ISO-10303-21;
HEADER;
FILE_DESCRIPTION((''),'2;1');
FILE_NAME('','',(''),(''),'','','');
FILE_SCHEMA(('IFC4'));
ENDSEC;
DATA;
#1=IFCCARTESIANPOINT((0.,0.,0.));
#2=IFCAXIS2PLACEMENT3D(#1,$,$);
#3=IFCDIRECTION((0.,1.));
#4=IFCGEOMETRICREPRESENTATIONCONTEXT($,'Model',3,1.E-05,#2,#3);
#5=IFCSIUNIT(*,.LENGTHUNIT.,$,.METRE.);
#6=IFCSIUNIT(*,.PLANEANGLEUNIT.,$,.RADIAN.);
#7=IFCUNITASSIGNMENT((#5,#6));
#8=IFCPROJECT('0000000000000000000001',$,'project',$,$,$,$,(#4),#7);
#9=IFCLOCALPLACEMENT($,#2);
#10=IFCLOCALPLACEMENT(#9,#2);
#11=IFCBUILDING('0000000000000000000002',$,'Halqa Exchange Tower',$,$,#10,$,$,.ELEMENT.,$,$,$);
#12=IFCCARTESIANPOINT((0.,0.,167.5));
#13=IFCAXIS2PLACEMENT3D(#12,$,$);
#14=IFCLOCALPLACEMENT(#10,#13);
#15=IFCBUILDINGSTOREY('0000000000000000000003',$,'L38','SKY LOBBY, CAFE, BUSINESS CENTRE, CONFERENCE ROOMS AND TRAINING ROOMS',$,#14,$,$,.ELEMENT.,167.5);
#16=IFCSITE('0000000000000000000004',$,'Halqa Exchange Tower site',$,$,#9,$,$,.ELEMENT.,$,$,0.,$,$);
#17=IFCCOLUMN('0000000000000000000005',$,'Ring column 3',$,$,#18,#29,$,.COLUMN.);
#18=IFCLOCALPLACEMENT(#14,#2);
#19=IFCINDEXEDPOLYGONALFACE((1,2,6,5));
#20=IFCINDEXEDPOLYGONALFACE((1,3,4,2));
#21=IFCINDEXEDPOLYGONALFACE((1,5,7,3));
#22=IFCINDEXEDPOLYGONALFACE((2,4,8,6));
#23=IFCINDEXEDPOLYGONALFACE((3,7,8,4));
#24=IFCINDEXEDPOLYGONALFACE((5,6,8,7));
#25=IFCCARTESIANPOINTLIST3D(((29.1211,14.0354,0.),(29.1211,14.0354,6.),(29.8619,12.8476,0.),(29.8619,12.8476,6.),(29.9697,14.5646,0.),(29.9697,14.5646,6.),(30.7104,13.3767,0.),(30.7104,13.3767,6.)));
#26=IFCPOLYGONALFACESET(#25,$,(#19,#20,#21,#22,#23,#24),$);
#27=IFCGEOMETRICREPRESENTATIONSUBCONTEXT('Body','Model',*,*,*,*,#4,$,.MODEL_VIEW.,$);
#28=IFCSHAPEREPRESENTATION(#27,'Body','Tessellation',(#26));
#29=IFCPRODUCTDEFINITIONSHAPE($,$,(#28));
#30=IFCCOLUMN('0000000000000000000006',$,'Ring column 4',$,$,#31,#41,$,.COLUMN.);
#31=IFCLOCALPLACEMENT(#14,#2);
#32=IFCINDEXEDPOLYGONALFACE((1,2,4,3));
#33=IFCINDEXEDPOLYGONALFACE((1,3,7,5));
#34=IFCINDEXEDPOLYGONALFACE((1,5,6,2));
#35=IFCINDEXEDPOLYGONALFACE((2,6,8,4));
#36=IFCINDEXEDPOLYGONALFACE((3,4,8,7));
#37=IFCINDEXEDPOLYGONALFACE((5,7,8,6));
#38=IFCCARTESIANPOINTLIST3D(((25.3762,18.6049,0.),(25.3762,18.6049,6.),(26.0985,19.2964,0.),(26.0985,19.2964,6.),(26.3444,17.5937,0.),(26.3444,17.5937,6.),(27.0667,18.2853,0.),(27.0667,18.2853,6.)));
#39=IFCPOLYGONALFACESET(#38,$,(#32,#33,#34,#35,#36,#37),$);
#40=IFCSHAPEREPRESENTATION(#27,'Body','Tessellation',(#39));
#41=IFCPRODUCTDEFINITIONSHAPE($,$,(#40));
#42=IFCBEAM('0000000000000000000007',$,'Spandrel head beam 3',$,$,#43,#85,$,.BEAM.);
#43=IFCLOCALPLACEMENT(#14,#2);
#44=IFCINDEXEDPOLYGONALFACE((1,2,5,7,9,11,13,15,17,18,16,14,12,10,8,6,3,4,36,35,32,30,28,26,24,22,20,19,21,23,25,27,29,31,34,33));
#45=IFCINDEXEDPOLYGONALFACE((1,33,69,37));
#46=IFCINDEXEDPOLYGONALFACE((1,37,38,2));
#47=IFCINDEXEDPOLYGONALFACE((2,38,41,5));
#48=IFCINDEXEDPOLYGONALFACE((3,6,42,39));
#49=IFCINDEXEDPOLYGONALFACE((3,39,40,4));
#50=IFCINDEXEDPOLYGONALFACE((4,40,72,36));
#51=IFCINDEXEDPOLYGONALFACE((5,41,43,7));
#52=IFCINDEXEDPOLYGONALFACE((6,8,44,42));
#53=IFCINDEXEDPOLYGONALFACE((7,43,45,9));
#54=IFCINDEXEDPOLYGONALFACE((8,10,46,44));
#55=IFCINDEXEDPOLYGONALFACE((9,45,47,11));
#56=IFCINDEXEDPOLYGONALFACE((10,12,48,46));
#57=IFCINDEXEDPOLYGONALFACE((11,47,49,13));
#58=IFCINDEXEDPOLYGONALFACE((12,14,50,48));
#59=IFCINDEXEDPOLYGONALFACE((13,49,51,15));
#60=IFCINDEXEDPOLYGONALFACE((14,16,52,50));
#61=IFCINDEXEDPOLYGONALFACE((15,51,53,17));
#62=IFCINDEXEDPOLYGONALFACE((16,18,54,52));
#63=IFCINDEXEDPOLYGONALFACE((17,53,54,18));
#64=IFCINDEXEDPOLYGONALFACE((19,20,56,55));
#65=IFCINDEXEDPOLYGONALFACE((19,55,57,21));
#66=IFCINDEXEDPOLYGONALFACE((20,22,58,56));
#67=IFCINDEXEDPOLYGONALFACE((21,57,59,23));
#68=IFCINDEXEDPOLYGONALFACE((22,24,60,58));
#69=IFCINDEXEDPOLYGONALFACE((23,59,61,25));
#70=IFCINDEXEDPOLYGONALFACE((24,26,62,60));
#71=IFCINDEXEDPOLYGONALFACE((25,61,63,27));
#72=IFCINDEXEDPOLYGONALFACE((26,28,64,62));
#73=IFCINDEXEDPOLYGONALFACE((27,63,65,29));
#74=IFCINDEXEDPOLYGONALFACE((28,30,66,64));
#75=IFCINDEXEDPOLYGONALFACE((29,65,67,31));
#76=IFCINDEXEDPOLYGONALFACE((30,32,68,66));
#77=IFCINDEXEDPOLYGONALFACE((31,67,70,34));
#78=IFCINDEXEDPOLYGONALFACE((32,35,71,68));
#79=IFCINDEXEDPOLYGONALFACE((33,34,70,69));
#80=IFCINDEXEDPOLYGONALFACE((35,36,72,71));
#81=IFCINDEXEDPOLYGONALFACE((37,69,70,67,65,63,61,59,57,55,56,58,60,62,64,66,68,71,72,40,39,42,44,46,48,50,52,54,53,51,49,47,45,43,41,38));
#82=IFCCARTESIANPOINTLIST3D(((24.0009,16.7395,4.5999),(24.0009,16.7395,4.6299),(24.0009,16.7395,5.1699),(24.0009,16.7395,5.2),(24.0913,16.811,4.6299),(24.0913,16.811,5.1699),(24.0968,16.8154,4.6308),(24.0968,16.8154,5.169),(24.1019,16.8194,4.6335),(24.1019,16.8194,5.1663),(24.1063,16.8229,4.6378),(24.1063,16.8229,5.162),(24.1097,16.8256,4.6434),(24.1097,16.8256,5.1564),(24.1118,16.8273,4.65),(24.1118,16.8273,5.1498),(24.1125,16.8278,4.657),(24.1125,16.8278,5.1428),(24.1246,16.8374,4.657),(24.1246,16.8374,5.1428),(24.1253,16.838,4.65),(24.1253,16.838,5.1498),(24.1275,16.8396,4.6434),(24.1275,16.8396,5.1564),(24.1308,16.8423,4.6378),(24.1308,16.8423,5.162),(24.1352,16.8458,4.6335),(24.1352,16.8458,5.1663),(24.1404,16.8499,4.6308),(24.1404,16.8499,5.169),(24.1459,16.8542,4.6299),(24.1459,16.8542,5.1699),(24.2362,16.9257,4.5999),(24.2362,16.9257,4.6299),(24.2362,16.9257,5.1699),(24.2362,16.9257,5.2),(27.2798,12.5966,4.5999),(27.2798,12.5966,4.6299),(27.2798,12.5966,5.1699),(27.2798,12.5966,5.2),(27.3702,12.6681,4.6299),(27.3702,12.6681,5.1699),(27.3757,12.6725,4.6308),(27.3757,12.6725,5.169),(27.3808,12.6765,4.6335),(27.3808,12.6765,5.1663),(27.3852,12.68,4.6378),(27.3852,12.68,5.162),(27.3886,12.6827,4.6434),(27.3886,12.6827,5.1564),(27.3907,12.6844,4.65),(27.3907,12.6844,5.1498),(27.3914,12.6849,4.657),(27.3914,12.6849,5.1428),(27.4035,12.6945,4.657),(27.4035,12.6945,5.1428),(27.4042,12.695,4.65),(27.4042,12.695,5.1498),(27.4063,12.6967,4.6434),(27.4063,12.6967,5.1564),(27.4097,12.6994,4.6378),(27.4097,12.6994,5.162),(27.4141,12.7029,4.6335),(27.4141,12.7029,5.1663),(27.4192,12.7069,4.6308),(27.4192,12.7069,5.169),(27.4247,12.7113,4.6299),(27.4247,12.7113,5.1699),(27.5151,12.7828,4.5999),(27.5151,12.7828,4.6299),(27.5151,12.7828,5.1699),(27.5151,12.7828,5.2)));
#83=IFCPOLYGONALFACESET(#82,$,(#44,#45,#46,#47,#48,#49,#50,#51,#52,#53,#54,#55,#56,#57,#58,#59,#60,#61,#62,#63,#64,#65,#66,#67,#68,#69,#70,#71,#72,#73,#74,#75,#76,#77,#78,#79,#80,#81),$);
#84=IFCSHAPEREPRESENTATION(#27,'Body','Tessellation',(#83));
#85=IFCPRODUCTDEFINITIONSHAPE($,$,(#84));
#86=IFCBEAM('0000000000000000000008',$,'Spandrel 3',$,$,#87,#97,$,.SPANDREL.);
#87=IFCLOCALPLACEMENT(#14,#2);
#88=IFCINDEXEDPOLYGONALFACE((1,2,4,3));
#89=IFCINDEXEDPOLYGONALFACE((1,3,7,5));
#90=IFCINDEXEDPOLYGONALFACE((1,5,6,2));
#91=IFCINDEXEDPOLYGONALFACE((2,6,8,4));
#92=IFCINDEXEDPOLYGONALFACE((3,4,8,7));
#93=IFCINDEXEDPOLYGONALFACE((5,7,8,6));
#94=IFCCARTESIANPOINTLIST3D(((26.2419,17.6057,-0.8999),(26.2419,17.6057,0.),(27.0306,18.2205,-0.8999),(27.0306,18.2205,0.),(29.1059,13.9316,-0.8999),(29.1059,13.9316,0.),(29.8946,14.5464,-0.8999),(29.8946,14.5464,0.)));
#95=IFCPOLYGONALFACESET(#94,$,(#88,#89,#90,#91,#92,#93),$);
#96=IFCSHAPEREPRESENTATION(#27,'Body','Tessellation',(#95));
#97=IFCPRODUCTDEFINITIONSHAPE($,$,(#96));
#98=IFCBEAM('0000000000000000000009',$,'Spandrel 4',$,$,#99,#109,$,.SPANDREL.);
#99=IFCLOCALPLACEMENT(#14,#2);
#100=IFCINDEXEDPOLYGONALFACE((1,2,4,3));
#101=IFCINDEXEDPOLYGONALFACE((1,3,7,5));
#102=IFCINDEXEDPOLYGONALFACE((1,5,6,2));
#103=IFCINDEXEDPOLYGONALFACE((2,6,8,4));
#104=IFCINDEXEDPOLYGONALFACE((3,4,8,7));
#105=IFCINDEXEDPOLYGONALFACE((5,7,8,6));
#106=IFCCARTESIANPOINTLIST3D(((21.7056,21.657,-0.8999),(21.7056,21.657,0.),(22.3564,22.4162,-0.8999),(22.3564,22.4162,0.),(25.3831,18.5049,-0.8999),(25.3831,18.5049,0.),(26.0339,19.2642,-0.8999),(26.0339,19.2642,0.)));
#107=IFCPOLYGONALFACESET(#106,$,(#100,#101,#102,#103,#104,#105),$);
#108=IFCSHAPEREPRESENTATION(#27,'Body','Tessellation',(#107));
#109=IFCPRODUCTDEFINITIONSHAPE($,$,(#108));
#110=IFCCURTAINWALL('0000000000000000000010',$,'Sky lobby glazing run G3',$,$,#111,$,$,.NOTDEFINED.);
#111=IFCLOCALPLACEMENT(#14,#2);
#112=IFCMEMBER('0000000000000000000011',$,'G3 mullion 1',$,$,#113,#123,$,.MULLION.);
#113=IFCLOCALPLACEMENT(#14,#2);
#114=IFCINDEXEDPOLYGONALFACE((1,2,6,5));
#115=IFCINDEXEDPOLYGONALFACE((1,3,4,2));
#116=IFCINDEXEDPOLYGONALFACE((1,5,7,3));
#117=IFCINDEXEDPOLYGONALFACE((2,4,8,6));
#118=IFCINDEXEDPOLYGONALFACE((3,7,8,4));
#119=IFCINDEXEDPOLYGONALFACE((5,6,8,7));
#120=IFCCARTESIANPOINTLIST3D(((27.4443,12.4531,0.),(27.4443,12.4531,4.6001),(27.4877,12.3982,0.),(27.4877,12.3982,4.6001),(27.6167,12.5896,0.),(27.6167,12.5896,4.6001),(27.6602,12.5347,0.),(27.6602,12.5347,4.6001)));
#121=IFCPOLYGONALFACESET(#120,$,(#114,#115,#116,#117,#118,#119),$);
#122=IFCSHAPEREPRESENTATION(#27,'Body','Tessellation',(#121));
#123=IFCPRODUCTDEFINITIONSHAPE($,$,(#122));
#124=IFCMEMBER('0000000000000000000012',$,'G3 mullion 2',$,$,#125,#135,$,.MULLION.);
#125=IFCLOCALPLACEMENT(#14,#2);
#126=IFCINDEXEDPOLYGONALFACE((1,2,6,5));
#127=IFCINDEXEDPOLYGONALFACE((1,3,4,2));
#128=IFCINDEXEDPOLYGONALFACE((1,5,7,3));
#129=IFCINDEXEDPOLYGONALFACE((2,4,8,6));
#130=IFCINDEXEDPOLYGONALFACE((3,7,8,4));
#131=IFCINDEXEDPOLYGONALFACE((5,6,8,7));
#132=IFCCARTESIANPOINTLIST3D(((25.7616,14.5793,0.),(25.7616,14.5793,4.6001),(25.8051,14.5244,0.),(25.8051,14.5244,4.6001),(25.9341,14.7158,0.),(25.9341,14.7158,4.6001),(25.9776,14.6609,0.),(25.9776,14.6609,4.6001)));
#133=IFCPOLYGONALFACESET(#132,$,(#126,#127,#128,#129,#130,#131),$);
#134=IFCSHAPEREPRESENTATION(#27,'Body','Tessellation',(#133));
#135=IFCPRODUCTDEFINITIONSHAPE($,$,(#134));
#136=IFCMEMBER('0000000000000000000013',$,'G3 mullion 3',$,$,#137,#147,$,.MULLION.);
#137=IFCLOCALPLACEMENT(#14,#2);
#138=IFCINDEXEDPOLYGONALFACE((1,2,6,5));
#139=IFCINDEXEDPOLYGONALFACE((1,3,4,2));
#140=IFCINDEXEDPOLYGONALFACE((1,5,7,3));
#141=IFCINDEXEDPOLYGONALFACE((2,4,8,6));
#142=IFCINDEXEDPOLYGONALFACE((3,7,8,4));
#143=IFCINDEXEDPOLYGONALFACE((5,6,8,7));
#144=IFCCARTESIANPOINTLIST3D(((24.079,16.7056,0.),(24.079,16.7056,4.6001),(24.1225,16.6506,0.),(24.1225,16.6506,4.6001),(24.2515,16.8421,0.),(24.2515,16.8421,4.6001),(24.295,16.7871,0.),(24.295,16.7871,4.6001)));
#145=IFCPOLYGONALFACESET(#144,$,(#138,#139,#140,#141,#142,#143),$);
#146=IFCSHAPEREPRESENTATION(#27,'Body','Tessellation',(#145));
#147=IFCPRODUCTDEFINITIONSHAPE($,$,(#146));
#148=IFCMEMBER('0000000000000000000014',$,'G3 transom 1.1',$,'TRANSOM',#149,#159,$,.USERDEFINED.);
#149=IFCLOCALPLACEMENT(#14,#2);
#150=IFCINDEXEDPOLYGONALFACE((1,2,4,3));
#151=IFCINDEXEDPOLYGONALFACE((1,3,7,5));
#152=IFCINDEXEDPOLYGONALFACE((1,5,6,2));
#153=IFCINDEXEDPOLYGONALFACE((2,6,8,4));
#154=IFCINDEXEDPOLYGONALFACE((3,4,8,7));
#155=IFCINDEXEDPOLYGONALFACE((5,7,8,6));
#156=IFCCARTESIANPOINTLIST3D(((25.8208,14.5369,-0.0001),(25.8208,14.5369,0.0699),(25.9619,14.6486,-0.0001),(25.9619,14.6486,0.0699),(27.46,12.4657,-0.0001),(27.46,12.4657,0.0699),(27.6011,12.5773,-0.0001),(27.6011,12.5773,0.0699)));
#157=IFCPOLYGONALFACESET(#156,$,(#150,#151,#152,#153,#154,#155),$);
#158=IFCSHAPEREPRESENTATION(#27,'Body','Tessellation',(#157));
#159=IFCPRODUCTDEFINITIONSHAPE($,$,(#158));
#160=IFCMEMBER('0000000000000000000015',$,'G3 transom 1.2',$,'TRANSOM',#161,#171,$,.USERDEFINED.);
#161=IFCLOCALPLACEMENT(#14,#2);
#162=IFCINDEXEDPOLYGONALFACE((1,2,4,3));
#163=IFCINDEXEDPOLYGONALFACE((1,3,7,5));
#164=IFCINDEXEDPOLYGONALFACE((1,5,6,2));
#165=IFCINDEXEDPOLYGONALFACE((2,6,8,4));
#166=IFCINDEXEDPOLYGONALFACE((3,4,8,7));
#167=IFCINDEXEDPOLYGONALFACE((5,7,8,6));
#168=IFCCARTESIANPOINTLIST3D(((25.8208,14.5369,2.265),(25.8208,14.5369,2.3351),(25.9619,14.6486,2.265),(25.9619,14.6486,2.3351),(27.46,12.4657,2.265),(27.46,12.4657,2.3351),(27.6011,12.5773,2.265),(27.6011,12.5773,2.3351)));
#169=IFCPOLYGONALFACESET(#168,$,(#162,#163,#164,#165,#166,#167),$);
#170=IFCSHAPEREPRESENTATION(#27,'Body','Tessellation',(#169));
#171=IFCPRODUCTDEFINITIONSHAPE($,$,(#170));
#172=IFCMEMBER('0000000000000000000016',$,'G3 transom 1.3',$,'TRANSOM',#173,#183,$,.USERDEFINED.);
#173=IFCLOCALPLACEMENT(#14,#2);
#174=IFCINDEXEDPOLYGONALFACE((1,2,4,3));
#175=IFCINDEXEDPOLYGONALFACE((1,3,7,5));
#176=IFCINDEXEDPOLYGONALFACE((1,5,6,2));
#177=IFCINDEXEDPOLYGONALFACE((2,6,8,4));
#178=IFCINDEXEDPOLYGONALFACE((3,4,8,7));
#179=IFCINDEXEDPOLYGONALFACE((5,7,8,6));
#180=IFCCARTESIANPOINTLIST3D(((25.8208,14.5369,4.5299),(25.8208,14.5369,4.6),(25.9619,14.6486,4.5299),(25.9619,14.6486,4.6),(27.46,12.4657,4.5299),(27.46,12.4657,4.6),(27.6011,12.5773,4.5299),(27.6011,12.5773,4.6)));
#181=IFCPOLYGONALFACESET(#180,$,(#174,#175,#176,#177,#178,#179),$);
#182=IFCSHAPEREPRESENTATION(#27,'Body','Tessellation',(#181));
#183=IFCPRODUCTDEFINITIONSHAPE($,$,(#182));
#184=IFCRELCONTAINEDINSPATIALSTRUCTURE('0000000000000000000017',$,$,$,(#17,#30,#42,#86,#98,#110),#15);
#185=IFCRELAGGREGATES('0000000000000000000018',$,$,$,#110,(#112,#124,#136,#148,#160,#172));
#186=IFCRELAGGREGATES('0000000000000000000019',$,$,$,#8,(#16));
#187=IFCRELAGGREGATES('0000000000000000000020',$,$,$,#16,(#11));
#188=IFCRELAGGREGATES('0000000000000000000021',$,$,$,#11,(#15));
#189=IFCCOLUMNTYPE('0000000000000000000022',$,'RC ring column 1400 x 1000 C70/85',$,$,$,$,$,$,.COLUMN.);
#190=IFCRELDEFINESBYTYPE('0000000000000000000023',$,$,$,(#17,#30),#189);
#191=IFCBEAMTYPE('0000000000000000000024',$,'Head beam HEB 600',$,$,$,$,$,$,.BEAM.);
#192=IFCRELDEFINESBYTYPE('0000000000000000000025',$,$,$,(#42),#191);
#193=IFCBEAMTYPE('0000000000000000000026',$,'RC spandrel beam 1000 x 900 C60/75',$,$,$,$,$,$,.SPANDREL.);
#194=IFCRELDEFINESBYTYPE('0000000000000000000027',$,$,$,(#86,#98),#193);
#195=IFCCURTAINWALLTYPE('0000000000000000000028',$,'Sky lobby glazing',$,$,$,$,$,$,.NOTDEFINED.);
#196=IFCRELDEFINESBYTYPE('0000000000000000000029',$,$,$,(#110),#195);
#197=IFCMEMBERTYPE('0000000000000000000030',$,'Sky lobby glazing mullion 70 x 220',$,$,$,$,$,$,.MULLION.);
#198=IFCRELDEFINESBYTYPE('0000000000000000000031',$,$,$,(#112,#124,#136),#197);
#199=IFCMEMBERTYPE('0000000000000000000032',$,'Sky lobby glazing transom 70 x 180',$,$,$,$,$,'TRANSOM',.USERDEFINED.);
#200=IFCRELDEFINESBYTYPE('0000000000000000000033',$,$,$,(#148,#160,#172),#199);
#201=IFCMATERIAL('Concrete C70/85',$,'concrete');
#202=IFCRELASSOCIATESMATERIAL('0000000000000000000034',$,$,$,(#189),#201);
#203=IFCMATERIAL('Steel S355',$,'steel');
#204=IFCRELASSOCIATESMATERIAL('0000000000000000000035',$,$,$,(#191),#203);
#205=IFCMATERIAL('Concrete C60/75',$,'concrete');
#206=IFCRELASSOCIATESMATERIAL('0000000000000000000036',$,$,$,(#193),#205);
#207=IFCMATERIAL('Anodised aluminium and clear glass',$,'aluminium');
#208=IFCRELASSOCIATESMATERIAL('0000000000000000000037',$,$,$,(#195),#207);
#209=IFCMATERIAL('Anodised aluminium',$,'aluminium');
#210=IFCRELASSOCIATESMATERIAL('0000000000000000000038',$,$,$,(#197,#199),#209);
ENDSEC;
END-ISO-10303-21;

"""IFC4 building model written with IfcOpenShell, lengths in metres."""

from ifc_helpers import new_model, si_unit, direction, frame, origin, origin_2d, place, context, subcontext, project, spatial, rectangle, i_section, extrude, material, material_profile, profile_set, type_object, element, aggregate, save


model = new_model("IFC4")

# Units and contexts
model_context = context("Model", 3, precision=1e-05, world=origin(), true_north=direction((0.0, 1.0)))
body_context = subcontext(model_context, "Body", "Model", "MODEL_VIEW")
ifc_project = project(units=[si_unit("LENGTHUNIT", "METRE"), si_unit("PLANEANGLEUNIT", "RADIAN")], contexts=[model_context])

# Site, building, storey
site_placement = place(None, origin())
site = spatial("IfcSite", under=ifc_project, at=site_placement, Name="Halqa Exchange Tower site", CompositionType="ELEMENT", RefElevation=0.0)
building_placement = place(site_placement, origin())
building = spatial("IfcBuilding", under=site, at=building_placement, Name="Halqa Exchange Tower", CompositionType="ELEMENT")
storey_placement = place(building_placement, frame((0.0, 0.0, 167.5)))
storey = spatial("IfcBuildingStorey", under=building, at=storey_placement, Name="L38", Description="SKY LOBBY, CAFE, BUSINESS CENTRE, CONFERENCE ROOMS AND TRAINING ROOMS", CompositionType="ELEMENT", Elevation=167.5)

# Columns
ifc_material_1 = material(Name="Concrete C70/85", Category="concrete")
ifc_material_profile_1 = material_profile(ifc_material_1, rectangle(XDim=1.3999, YDim=1.0, at=origin_2d()), Name="1400 x 1000")
ifc_profile_set_1 = profile_set([ifc_material_profile_1], Name="Concrete C70/85")
column_type = type_object("IfcColumnType", Name="RC ring column 1400 x 1000 C70/85", PredefinedType="COLUMN", material=ifc_profile_set_1)
for number, where, z_axis, x_axis, name in (
    (1, (29.9158, 13.7061, 0.0), (0.0, 0.0, 1.0), (-0.529143, 0.848532, 0.0), "Ring column 3"),
    (2, (26.2214, 18.4451, 0.0), (0.0, 0.0, 1.0), (-0.691579, 0.722301, 0.0), "Ring column 4"),
):
    element("IfcColumn", number, at=place(storey_placement, frame(where, z_axis=z_axis, x_axis=x_axis)), inside=storey, type_object=column_type, Name=name, PredefinedType="COLUMN", context=body_context, shape_type="SweptSolid", body=[
        extrude(rectangle(XDim=1.3999, YDim=1.0, at=origin_2d()), origin(), (0.0, 0.0, 1.0), 6.0),
    ])

# Beams
ifc_material_2 = material(Name="Steel S355", Category="steel")
ifc_material_profile_2 = material_profile(ifc_material_2, i_section(OverallWidth=0.3, OverallDepth=0.6001, WebThickness=0.0154, FlangeThickness=0.03, FilletRadius=0.0271, at=origin_2d()), Name="HEB 600")
ifc_profile_set_2 = profile_set([ifc_material_profile_2], Name="Steel S355")
beam_type_1 = type_object("IfcBeamType", Name="Head beam HEB 600", PredefinedType="BEAM", material=ifc_profile_set_2)
beam_1_placement = place(storey_placement, frame((27.3975, 12.6897, 4.8999), z_axis=(-0.620595, 0.784131, 0.0), x_axis=(-0.784131, -0.620595, 0.0)))
element("IfcBeam", 3, at=beam_1_placement, inside=storey, type_object=beam_type_1, Name="Spandrel head beam 3", PredefinedType="BEAM", context=body_context, shape_type="SweptSolid", body=[
    extrude(i_section(OverallWidth=0.3, OverallDepth=0.6001, WebThickness=0.0154, FlangeThickness=0.03, FilletRadius=0.0271, at=origin_2d()), origin(), (0.0, 0.0, 1.0), 5.2834),
])
ifc_material_3 = material(Name="Concrete C60/75", Category="concrete")
ifc_material_profile_3 = material_profile(ifc_material_3, rectangle(XDim=1.0, YDim=0.8999, at=origin_2d()), Name="1000 x 900")
ifc_profile_set_3 = profile_set([ifc_material_profile_3], Name="Concrete C60/75")
beam_type_2 = type_object("IfcBeamType", Name="RC spandrel beam 1000 x 900 C60/75", PredefinedType="SPANDREL", material=ifc_profile_set_3)
beam_2_placement = place(storey_placement, frame((29.5002, 14.239, -0.45), z_axis=(-0.614797, 0.788686, 0.0), x_axis=(-0.788686, -0.614797, 0.0)))
element("IfcBeam", 4, at=beam_2_placement, inside=storey, type_object=beam_type_2, Name="Spandrel 3", PredefinedType="SPANDREL", context=body_context, shape_type="SweptSolid", body=[
    extrude(rectangle(XDim=1.0, YDim=0.8999, at=origin_2d()), origin(), (0.0, 0.0, 1.0), 4.6584),
])
beam_3_placement = place(storey_placement, frame((25.7085, 18.8845, -0.45), z_axis=(-0.75926, 0.650787, 0.0), x_axis=(-0.650787, -0.75926, 0.0)))
element("IfcBeam", 5, at=beam_3_placement, inside=storey, type_object=beam_type_2, Name="Spandrel 4", PredefinedType="SPANDREL", context=body_context, shape_type="SweptSolid", body=[
    extrude(rectangle(XDim=1.0, YDim=0.8999, at=origin_2d()), origin(), (0.0, 0.0, 1.0), 4.8435),
])

# Curtain wall, members
ifc_material_4 = material(Name="Anodised aluminium and clear glass", Category="aluminium")
curtain_wall_type = type_object("IfcCurtainWallType", Name="Sky lobby glazing", PredefinedType="NOTDEFINED", material=ifc_material_4)
curtain_wall_placement = place(storey_placement, origin())
curtain_wall = element("IfcCurtainWall", 6, at=curtain_wall_placement, inside=storey, type_object=curtain_wall_type, Name="Sky lobby glazing run G3", PredefinedType="NOTDEFINED")
ifc_material_5 = material(Name="Anodised aluminium", Category="aluminium")
ifc_material_profile_4 = material_profile(ifc_material_5, rectangle(XDim=0.22, YDim=0.0701, at=origin_2d()), Name="AL 70x220")
ifc_profile_set_4 = profile_set([ifc_material_profile_4], Name="Anodised aluminium")
member_type_1 = type_object("IfcMemberType", Name="Sky lobby glazing mullion 70 x 220", PredefinedType="MULLION", material=ifc_profile_set_4)
member_1_placement = place(storey_placement, frame((27.5522, 12.4939, 0.0), z_axis=(0.0, 0.0, 1.0), x_axis=(-0.78414, -0.620584, 0.0)))
member_1 = element("IfcMember", 7, at=member_1_placement, type_object=member_type_1, Name="G3 mullion 1", PredefinedType="MULLION", context=body_context, shape_type="SweptSolid", body=[
    extrude(rectangle(XDim=0.22, YDim=0.0701, at=origin_2d()), origin(), (0.0, 0.0, 1.0), 4.6001),
])
member_2_placement = place(storey_placement, frame((25.8696, 14.6201, 0.0), z_axis=(0.0, 0.0, 1.0), x_axis=(-0.78414, -0.620584, 0.0)))
member_2 = element("IfcMember", 8, at=member_2_placement, type_object=member_type_1, Name="G3 mullion 2", PredefinedType="MULLION", context=body_context, shape_type="SweptSolid", body=[
    extrude(rectangle(XDim=0.22, YDim=0.0701, at=origin_2d()), origin(), (0.0, 0.0, 1.0), 4.6001),
])
member_3_placement = place(storey_placement, frame((24.187, 16.7463, 0.0), z_axis=(0.0, 0.0, 1.0), x_axis=(-0.78414, -0.620584, 0.0)))
member_3 = element("IfcMember", 9, at=member_3_placement, type_object=member_type_1, Name="G3 mullion 3", PredefinedType="MULLION", context=body_context, shape_type="SweptSolid", body=[
    extrude(rectangle(XDim=0.22, YDim=0.0701, at=origin_2d()), origin(), (0.0, 0.0, 1.0), 4.6001),
])
ifc_material_profile_5 = material_profile(ifc_material_5, rectangle(XDim=0.1799, YDim=0.0701, at=origin_2d()), Name="AL 70x180")
ifc_profile_set_5 = profile_set([ifc_material_profile_5], Name="Anodised aluminium")
member_type_2 = type_object("IfcMemberType", Name="Sky lobby glazing transom 70 x 180", ElementType="TRANSOM", PredefinedType="USERDEFINED", material=ifc_profile_set_5)
member_4_placement = place(storey_placement, frame((27.5305, 12.5215, 0.0349), z_axis=(-0.620561, 0.784158, 0.0), x_axis=(-0.784158, -0.620561, 0.0)))
member_4 = element("IfcMember", 10, at=member_4_placement, type_object=member_type_2, Name="G3 transom 1.1", ObjectType="TRANSOM", PredefinedType="USERDEFINED", context=body_context, shape_type="SweptSolid", body=[
    extrude(rectangle(XDim=0.1799, YDim=0.0701, at=origin_2d()), origin(), (0.0, 0.0, 1.0), 2.6414),
])
member_5_placement = place(storey_placement, frame((27.5305, 12.5215, 2.3), z_axis=(-0.620561, 0.784158, 0.0), x_axis=(-0.784158, -0.620561, 0.0)))
member_5 = element("IfcMember", 11, at=member_5_placement, type_object=member_type_2, Name="G3 transom 1.2", ObjectType="TRANSOM", PredefinedType="USERDEFINED", context=body_context, shape_type="SweptSolid", body=[
    extrude(rectangle(XDim=0.1799, YDim=0.0701, at=origin_2d()), origin(), (0.0, 0.0, 1.0), 2.6414),
])
member_6_placement = place(storey_placement, frame((27.5305, 12.5215, 4.5649), z_axis=(-0.620561, 0.784158, 0.0), x_axis=(-0.784158, -0.620561, 0.0)))
member_6 = element("IfcMember", 12, at=member_6_placement, type_object=member_type_2, Name="G3 transom 1.3", ObjectType="TRANSOM", PredefinedType="USERDEFINED", context=body_context, shape_type="SweptSolid", body=[
    extrude(rectangle(XDim=0.1799, YDim=0.0701, at=origin_2d()), origin(), (0.0, 0.0, 1.0), 2.6414),
])
aggregate(curtain_wall, [member_1, member_2, member_3, member_4, member_5, member_6])

save(model, "model.ifc")
